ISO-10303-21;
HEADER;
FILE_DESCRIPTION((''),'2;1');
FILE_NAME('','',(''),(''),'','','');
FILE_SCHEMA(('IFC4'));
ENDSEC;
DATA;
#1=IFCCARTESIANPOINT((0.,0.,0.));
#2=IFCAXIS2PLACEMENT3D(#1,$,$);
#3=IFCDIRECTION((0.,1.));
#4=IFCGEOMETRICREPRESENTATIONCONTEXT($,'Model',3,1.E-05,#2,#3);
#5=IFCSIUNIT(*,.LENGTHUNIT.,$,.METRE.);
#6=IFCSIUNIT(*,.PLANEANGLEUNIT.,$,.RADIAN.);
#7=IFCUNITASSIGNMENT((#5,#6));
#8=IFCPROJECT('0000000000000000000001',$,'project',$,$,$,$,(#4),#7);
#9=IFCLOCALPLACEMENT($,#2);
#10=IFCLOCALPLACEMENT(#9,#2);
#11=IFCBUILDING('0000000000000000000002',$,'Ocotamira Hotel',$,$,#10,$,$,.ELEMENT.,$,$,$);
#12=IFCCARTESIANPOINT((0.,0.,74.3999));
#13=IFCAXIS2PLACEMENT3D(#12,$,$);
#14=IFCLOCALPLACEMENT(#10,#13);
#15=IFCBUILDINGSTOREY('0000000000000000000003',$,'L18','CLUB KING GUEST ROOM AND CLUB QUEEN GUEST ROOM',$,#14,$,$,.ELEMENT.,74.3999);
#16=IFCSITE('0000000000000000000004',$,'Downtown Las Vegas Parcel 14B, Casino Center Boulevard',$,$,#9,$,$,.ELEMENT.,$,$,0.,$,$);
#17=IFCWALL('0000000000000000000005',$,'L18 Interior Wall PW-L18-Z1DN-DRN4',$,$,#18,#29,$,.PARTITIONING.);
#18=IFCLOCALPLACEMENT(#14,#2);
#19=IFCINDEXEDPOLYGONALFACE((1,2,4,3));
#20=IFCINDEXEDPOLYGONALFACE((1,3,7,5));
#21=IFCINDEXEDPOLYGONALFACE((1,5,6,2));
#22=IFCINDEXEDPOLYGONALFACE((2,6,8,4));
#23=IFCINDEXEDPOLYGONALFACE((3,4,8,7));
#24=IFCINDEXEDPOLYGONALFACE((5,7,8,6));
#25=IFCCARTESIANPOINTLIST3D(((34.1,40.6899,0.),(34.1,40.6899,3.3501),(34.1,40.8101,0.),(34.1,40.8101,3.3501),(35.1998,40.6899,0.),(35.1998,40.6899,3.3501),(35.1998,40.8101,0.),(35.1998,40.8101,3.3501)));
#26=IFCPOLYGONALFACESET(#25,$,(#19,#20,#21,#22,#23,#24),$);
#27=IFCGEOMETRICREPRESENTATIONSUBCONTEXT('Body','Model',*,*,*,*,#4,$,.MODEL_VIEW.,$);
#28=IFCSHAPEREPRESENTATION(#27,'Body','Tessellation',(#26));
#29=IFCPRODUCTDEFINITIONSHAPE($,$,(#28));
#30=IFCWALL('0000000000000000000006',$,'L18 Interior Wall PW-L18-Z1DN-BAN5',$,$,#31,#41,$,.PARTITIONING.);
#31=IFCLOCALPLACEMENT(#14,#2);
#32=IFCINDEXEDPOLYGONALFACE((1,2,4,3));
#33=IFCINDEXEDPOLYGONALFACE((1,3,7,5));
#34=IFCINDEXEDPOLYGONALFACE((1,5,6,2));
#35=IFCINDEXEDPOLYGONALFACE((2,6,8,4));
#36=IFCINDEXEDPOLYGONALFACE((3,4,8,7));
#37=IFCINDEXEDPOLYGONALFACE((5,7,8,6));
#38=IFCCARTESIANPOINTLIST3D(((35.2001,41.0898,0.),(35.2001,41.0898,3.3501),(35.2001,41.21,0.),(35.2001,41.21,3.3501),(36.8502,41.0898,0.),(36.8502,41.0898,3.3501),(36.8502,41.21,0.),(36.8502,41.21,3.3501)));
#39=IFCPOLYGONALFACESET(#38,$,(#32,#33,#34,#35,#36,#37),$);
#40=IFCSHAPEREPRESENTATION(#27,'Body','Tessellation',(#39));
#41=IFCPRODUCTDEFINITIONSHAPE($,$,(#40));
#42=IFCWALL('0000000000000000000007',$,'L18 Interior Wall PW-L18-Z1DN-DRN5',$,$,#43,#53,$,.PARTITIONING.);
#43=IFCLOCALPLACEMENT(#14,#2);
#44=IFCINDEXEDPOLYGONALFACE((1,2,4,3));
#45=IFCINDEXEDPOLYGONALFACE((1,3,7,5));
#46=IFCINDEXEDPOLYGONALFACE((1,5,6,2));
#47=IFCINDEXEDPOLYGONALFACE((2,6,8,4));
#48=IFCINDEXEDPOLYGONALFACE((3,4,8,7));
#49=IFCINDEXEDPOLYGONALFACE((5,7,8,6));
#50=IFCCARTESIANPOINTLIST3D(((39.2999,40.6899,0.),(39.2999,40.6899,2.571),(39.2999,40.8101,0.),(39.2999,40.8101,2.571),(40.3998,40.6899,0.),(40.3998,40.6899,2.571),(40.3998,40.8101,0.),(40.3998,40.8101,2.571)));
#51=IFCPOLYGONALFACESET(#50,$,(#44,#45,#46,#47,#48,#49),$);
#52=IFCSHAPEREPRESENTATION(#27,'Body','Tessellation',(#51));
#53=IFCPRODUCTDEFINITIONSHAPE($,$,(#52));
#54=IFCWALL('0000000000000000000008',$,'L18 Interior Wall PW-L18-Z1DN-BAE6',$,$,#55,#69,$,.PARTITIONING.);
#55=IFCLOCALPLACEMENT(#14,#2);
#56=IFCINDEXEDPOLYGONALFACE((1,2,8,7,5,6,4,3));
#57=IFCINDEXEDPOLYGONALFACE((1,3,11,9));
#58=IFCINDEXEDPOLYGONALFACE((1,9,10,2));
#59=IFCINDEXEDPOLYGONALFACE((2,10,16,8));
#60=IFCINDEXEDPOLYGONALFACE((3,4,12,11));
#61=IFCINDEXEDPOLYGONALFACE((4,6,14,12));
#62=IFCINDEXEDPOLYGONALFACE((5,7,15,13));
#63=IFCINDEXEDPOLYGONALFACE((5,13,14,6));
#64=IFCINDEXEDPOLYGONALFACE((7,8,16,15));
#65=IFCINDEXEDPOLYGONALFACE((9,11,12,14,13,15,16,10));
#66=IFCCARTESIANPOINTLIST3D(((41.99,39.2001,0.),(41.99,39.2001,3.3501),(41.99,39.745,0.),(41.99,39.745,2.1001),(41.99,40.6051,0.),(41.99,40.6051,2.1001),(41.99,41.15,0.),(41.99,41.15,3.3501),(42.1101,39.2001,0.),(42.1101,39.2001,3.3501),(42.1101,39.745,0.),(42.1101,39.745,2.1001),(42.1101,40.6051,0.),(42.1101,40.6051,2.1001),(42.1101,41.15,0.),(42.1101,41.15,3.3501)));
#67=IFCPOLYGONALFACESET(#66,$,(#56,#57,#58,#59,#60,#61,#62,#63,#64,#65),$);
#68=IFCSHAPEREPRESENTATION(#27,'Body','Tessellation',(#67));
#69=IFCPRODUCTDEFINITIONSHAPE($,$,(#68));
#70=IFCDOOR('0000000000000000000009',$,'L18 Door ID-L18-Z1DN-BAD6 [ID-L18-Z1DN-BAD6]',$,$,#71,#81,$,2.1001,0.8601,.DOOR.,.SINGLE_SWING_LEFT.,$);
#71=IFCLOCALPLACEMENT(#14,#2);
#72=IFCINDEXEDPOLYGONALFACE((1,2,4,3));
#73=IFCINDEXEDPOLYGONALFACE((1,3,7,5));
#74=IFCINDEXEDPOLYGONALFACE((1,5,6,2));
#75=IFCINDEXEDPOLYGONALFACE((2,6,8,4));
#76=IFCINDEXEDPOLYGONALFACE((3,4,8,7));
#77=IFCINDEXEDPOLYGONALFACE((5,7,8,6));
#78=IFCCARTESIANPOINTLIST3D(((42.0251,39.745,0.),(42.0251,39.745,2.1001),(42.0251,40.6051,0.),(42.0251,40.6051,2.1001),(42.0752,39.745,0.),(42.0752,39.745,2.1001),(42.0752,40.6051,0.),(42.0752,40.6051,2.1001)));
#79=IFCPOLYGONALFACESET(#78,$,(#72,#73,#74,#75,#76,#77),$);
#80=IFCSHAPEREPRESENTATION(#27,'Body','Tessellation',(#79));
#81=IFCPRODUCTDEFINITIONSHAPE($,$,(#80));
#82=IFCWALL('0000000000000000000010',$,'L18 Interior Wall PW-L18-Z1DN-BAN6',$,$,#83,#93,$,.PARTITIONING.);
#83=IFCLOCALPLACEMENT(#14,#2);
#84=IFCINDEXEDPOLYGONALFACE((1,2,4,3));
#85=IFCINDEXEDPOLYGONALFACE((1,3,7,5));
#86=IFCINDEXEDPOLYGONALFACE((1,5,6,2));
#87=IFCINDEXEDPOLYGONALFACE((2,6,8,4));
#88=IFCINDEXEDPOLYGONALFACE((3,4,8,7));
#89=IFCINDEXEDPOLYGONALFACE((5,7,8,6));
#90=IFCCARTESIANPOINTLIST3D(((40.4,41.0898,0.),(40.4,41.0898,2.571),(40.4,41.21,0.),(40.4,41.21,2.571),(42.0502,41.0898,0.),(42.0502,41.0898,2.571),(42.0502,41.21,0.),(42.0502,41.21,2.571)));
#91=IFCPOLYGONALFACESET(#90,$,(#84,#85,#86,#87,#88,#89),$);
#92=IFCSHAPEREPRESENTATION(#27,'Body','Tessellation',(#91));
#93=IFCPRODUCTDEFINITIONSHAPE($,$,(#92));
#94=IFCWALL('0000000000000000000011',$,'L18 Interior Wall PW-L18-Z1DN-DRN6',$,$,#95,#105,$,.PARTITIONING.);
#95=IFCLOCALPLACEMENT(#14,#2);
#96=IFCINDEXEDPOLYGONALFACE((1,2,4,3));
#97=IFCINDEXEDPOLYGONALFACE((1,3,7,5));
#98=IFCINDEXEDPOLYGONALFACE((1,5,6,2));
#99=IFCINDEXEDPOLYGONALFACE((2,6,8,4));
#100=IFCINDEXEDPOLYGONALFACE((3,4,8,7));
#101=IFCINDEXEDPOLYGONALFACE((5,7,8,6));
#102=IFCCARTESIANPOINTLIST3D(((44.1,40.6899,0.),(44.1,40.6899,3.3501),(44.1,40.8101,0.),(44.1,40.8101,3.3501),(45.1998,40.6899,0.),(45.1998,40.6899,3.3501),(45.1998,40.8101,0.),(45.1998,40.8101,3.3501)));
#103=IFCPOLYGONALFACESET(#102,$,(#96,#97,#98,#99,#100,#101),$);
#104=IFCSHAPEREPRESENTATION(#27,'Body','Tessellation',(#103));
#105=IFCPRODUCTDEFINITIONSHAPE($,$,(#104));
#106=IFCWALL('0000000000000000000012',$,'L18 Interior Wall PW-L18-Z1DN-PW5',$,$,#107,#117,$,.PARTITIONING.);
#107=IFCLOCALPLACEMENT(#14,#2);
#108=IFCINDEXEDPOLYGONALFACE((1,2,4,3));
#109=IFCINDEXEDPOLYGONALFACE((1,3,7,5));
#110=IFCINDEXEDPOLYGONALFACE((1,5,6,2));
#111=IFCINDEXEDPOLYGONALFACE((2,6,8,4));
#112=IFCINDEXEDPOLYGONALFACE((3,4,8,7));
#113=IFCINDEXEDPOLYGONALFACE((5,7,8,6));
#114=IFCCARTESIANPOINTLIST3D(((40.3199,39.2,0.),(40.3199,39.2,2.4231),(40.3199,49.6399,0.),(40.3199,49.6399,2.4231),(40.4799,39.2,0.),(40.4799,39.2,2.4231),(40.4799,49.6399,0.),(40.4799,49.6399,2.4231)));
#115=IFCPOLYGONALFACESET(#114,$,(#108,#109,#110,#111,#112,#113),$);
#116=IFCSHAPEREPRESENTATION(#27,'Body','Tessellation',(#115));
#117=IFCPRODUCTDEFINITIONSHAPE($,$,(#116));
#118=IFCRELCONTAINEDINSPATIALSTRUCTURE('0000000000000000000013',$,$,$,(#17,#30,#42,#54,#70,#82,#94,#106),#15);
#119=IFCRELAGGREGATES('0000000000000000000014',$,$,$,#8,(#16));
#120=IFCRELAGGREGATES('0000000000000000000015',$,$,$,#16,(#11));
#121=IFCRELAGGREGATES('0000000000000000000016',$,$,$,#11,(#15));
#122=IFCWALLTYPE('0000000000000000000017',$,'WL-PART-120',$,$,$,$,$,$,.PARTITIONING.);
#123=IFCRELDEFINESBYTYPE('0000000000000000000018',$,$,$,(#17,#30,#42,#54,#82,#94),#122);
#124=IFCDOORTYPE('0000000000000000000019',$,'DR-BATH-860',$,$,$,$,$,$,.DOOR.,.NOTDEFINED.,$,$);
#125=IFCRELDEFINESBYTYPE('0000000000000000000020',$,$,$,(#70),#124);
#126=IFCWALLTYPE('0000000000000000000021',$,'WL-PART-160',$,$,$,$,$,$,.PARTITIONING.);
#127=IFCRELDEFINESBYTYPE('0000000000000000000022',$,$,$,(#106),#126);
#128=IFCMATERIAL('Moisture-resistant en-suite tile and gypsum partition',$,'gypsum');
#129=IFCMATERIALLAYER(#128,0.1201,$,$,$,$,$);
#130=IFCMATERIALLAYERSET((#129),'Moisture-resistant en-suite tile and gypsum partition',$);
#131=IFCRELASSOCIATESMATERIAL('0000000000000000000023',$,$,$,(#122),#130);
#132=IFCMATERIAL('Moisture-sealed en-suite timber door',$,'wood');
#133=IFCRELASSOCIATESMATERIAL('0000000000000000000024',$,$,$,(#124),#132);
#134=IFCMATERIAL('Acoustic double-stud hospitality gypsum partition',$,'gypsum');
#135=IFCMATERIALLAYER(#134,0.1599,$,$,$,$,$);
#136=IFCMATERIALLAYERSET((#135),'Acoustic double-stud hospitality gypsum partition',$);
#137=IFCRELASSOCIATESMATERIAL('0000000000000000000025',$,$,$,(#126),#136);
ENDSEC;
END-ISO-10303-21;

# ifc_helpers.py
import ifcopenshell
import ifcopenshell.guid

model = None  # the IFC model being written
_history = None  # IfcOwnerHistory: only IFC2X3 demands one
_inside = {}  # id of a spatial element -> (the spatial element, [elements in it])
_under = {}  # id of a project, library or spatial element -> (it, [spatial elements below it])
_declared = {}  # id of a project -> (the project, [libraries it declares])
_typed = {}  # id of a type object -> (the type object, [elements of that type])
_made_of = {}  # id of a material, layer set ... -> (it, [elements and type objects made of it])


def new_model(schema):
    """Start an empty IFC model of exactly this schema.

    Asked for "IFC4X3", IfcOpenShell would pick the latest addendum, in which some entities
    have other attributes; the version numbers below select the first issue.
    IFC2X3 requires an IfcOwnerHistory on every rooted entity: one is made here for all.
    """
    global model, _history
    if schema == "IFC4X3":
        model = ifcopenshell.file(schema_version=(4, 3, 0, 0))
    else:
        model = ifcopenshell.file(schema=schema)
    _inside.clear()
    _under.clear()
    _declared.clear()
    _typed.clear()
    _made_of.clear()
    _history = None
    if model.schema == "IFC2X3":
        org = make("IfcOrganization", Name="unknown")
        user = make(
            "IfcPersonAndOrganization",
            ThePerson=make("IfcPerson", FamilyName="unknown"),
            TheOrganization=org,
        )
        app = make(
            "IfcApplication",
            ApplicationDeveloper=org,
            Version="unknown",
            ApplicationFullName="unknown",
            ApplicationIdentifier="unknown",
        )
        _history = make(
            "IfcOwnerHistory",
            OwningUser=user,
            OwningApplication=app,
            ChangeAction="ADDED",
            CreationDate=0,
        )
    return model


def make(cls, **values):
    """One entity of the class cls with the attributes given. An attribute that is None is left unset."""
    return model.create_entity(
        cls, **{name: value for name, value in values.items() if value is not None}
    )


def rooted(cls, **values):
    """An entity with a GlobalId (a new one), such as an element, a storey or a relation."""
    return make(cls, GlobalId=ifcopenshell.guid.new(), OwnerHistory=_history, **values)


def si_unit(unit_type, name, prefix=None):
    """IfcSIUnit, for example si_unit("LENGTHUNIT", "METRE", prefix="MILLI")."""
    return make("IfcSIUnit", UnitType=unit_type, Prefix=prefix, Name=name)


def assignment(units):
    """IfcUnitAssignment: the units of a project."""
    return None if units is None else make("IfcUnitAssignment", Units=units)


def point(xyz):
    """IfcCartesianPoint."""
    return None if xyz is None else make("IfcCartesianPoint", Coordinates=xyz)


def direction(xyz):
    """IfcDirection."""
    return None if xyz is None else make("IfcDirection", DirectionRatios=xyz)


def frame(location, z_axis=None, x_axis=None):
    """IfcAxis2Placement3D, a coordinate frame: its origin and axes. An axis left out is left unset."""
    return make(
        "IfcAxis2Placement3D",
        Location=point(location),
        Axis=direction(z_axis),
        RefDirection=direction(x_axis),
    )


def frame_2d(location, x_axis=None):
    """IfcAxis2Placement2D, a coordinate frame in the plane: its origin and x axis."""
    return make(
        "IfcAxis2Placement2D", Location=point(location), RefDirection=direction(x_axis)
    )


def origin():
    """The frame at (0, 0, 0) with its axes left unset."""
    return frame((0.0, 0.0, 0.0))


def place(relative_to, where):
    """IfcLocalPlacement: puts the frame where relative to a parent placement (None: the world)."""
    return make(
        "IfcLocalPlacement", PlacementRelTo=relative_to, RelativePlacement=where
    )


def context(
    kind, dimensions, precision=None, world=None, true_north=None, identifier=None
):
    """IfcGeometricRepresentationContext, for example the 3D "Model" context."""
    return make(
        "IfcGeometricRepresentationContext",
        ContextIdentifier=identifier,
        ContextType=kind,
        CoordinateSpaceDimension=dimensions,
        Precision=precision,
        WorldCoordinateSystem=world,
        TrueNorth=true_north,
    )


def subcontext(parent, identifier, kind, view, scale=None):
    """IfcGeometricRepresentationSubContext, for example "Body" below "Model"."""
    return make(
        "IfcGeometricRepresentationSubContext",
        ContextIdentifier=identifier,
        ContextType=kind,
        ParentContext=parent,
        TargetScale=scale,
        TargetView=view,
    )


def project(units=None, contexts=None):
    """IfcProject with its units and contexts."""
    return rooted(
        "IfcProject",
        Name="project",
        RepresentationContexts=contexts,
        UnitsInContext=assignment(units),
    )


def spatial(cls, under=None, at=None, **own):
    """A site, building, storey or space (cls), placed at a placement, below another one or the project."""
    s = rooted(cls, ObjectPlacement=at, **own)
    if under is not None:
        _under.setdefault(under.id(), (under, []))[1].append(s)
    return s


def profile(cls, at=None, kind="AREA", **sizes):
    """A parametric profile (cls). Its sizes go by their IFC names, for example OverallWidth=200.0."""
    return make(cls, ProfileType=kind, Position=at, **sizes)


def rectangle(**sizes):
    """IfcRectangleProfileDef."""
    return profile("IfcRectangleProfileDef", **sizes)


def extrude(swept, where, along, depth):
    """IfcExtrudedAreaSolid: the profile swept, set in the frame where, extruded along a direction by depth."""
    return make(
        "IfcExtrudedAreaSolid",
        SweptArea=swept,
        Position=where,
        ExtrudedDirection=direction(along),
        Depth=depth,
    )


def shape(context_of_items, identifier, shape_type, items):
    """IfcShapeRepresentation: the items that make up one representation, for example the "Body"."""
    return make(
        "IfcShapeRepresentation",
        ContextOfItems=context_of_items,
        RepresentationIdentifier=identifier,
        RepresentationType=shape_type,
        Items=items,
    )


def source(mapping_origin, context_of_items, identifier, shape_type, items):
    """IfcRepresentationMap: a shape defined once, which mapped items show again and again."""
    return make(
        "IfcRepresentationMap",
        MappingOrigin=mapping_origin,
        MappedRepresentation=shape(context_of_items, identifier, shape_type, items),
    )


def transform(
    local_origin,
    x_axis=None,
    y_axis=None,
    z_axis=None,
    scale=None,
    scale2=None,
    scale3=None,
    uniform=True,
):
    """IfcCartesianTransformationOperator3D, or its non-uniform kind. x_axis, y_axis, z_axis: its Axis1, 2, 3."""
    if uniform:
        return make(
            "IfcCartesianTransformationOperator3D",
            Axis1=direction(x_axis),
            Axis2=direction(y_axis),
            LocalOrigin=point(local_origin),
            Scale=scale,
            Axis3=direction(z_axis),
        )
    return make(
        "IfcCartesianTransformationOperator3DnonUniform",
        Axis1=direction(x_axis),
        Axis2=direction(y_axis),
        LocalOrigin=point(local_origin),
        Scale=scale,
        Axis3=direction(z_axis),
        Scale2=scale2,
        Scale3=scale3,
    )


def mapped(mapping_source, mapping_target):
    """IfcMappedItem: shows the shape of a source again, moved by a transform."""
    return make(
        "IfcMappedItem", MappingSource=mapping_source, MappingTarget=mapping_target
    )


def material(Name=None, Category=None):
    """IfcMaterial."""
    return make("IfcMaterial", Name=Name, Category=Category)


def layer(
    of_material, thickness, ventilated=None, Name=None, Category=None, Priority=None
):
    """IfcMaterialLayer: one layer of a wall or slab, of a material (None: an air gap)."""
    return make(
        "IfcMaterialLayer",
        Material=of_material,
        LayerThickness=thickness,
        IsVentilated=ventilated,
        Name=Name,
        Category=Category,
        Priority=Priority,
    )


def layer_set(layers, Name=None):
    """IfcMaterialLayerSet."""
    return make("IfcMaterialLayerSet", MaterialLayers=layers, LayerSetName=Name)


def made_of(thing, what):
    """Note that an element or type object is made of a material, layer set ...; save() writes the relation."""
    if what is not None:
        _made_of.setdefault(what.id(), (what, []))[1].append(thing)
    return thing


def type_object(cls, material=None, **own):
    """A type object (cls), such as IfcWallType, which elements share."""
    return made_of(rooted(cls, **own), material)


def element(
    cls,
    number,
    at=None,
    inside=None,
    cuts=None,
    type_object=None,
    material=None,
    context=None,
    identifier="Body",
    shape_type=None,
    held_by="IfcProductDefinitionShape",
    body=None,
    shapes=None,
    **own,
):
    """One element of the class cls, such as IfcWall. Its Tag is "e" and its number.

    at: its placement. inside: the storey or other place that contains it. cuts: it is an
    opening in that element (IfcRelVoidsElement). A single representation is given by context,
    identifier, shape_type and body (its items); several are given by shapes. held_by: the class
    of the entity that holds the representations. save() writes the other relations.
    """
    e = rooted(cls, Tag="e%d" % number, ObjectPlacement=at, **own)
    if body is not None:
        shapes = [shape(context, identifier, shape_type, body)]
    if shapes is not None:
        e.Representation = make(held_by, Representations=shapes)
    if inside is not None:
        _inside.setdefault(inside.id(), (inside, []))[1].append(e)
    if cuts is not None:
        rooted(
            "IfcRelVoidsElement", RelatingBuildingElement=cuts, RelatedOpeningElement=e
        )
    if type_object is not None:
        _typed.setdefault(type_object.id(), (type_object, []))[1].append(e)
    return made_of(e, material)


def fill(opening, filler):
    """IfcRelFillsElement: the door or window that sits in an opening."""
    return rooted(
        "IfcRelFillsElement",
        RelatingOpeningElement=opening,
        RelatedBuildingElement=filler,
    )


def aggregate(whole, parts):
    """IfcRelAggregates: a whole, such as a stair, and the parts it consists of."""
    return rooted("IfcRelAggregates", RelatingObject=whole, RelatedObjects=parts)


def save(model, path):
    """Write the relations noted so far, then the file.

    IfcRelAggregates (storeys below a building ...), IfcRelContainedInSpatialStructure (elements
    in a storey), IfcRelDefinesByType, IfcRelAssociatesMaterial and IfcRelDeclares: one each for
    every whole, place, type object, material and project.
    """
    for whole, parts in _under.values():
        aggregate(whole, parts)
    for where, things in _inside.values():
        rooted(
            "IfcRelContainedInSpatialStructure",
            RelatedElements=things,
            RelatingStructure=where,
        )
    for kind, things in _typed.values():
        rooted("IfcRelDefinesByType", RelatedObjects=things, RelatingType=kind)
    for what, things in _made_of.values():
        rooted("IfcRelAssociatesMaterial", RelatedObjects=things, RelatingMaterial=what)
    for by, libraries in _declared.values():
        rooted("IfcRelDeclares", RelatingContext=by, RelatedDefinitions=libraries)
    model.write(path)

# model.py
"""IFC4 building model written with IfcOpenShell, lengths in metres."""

from ifc_helpers import new_model, si_unit, direction, frame, frame_2d, origin, place, context, subcontext, project, spatial, rectangle, extrude, source, transform, mapped, material, layer, layer_set, type_object, element, fill, save


model = new_model("IFC4")

# Units and contexts
model_context = context("Model", 3, precision=1e-05, world=origin(), true_north=direction((0.0, 1.0)))
body_context = subcontext(model_context, "Body", "Model", "MODEL_VIEW")
ifc_project = project(units=[si_unit("LENGTHUNIT", "METRE"), si_unit("PLANEANGLEUNIT", "RADIAN")], contexts=[model_context])

# Site, building, storey
site_placement = place(None, origin())
site = spatial("IfcSite", under=ifc_project, at=site_placement, Name="Downtown Las Vegas Parcel 14B, Casino Center Boulevard", CompositionType="ELEMENT", RefElevation=0.0)
building_placement = place(site_placement, origin())
building = spatial("IfcBuilding", under=site, at=building_placement, Name="Ocotamira Hotel", CompositionType="ELEMENT")
storey_placement = place(building_placement, frame((0.0, 0.0, 74.3999)))
storey = spatial("IfcBuildingStorey", under=building, at=storey_placement, Name="L18", Description="CLUB KING GUEST ROOM AND CLUB QUEEN GUEST ROOM", CompositionType="ELEMENT", Elevation=74.3999)

# Walls
ifc_material_1 = material(Name="Moisture-resistant en-suite tile and gypsum partition", Category="gypsum")
ifc_layer_1 = layer(ifc_material_1, 0.1201)
ifc_layer_set_1 = layer_set([ifc_layer_1], Name="Moisture-resistant en-suite tile and gypsum partition")
wall_type_1 = type_object("IfcWallType", Name="WL-PART-120", PredefinedType="PARTITIONING", material=ifc_layer_set_1)
wall_1_placement = place(storey_placement, frame((34.1001, 40.75, 0.0), z_axis=(0.0, 0.0, 1.0), x_axis=(1.0, 0.0, 0.0)))
element("IfcWall", 1, at=wall_1_placement, inside=storey, type_object=wall_type_1, Name="L18 Interior Wall PW-L18-Z1DN-DRN4", PredefinedType="PARTITIONING", context=body_context, shape_type="SweptSolid", body=[
    extrude(rectangle(XDim=1.0999, YDim=0.1201, at=frame_2d((0.5498, 0.0))), origin(), (0.0, 0.0, 1.0), 3.3501),
])
wall_2_placement = place(storey_placement, frame((35.2, 41.1499, 0.0), z_axis=(0.0, 0.0, 1.0), x_axis=(1.0, 0.0, 0.0)))
element("IfcWall", 2, at=wall_2_placement, inside=storey, type_object=wall_type_1, Name="L18 Interior Wall PW-L18-Z1DN-BAN5", PredefinedType="PARTITIONING", context=body_context, shape_type="SweptSolid", body=[
    extrude(rectangle(XDim=1.6501, YDim=0.1201, at=frame_2d((0.8252, 0.0))), origin(), (0.0, 0.0, 1.0), 3.3501),
])
wall_3_placement = place(storey_placement, frame((39.3, 40.75, 0.0), z_axis=(0.0, 0.0, 1.0), x_axis=(1.0, 0.0, 0.0)))
element("IfcWall", 3, at=wall_3_placement, inside=storey, type_object=wall_type_1, Name="L18 Interior Wall PW-L18-Z1DN-DRN5", PredefinedType="PARTITIONING", context=body_context, shape_type="SweptSolid", body=[
    extrude(rectangle(XDim=1.0999, YDim=0.1201, at=frame_2d((0.5498, 0.0))), origin(), (0.0, 0.0, 1.0), 2.571),
])

# Wall, opening, door
wall_4_placement = place(storey_placement, frame((42.05, 39.2, 0.0), z_axis=(0.0, 0.0, 1.0), x_axis=(0.0, 1.0, 0.0)))
wall_4 = element("IfcWall", 4, at=wall_4_placement, inside=storey, type_object=wall_type_1, Name="L18 Interior Wall PW-L18-Z1DN-BAE6", PredefinedType="PARTITIONING", context=body_context, shape_type="SweptSolid", body=[
    extrude(rectangle(XDim=1.95, YDim=0.1201, at=frame_2d((0.9751, 0.0))), origin(), (0.0, 0.0, 1.0), 3.3501),
])
opening_placement = place(wall_4_placement, frame((0.5449, 0.0, 0.0)))
opening = element("IfcOpeningElement", 5, at=opening_placement, cuts=wall_4, PredefinedType="OPENING", context=body_context, shape_type="SweptSolid", body=[
    extrude(rectangle(XDim=0.8601, YDim=2.1001, at=frame_2d((0.4302, 1.05))), frame((0.0, 0.0701, 0.0), z_axis=(0.0, -1.0, 0.0), x_axis=(1.0, 0.0, 0.0)), (0.0, 0.0, 1.0), 0.1401),
])
ifc_material_2 = material(Name="Moisture-sealed en-suite timber door", Category="wood")
door_type = type_object("IfcDoorType", Name="DR-BATH-860", OperationType="NOTDEFINED", PredefinedType="DOOR", material=ifc_material_2)
shared_shape_1 = source(origin(), body_context, "Body", "SweptSolid", [
    extrude(rectangle(XDim=0.8601, YDim=2.1001, at=frame_2d((0.4302, 1.05))), frame((0.0, 0.0249, 0.0), z_axis=(0.0, -1.0, 0.0), x_axis=(1.0, 0.0, 0.0)), (0.0, 0.0, 1.0), 0.05),
])
door_placement = place(opening_placement, origin())
door = element("IfcDoor", 6, at=door_placement, inside=storey, type_object=door_type, Name="L18 Door ID-L18-Z1DN-BAD6 [ID-L18-Z1DN-BAD6]", OperationType="SINGLE_SWING_LEFT", OverallHeight=2.1001, OverallWidth=0.8601, PredefinedType="DOOR", context=body_context, shape_type="MappedRepresentation", body=[
    mapped(shared_shape_1, transform((0.0, 0.0, 0.0), scale=1.0)),
])
fill(opening, door)

# Walls
wall_5_placement = place(storey_placement, frame((40.3999, 41.1499, 0.0), z_axis=(0.0, 0.0, 1.0), x_axis=(1.0, 0.0, 0.0)))
element("IfcWall", 7, at=wall_5_placement, inside=storey, type_object=wall_type_1, Name="L18 Interior Wall PW-L18-Z1DN-BAN6", PredefinedType="PARTITIONING", context=body_context, shape_type="SweptSolid", body=[
    extrude(rectangle(XDim=1.6501, YDim=0.1201, at=frame_2d((0.8252, 0.0))), origin(), (0.0, 0.0, 1.0), 2.571),
])
wall_6_placement = place(storey_placement, frame((44.1001, 40.75, 0.0), z_axis=(0.0, 0.0, 1.0), x_axis=(1.0, 0.0, 0.0)))
element("IfcWall", 8, at=wall_6_placement, inside=storey, type_object=wall_type_1, Name="L18 Interior Wall PW-L18-Z1DN-DRN6", PredefinedType="PARTITIONING", context=body_context, shape_type="SweptSolid", body=[
    extrude(rectangle(XDim=1.0999, YDim=0.1201, at=frame_2d((0.5498, 0.0))), origin(), (0.0, 0.0, 1.0), 3.3501),
])
ifc_material_3 = material(Name="Acoustic double-stud hospitality gypsum partition", Category="gypsum")
ifc_layer_2 = layer(ifc_material_3, 0.1599)
ifc_layer_set_2 = layer_set([ifc_layer_2], Name="Acoustic double-stud hospitality gypsum partition")
wall_type_2 = type_object("IfcWallType", Name="WL-PART-160", PredefinedType="PARTITIONING", material=ifc_layer_set_2)
wall_7_placement = place(storey_placement, frame((40.3999, 39.2, 0.0), z_axis=(0.0, 0.0, 1.0), x_axis=(0.0, 1.0, 0.0)))
element("IfcWall", 9, at=wall_7_placement, inside=storey, type_object=wall_type_2, Name="L18 Interior Wall PW-L18-Z1DN-PW5", PredefinedType="PARTITIONING", context=body_context, shape_type="SweptSolid", body=[
    extrude(rectangle(XDim=10.4399, YDim=0.1599, at=frame_2d((5.22, 0.0))), origin(), (0.0, 0.0, 1.0), 2.4231),
])

save(model, "model.ifc")
